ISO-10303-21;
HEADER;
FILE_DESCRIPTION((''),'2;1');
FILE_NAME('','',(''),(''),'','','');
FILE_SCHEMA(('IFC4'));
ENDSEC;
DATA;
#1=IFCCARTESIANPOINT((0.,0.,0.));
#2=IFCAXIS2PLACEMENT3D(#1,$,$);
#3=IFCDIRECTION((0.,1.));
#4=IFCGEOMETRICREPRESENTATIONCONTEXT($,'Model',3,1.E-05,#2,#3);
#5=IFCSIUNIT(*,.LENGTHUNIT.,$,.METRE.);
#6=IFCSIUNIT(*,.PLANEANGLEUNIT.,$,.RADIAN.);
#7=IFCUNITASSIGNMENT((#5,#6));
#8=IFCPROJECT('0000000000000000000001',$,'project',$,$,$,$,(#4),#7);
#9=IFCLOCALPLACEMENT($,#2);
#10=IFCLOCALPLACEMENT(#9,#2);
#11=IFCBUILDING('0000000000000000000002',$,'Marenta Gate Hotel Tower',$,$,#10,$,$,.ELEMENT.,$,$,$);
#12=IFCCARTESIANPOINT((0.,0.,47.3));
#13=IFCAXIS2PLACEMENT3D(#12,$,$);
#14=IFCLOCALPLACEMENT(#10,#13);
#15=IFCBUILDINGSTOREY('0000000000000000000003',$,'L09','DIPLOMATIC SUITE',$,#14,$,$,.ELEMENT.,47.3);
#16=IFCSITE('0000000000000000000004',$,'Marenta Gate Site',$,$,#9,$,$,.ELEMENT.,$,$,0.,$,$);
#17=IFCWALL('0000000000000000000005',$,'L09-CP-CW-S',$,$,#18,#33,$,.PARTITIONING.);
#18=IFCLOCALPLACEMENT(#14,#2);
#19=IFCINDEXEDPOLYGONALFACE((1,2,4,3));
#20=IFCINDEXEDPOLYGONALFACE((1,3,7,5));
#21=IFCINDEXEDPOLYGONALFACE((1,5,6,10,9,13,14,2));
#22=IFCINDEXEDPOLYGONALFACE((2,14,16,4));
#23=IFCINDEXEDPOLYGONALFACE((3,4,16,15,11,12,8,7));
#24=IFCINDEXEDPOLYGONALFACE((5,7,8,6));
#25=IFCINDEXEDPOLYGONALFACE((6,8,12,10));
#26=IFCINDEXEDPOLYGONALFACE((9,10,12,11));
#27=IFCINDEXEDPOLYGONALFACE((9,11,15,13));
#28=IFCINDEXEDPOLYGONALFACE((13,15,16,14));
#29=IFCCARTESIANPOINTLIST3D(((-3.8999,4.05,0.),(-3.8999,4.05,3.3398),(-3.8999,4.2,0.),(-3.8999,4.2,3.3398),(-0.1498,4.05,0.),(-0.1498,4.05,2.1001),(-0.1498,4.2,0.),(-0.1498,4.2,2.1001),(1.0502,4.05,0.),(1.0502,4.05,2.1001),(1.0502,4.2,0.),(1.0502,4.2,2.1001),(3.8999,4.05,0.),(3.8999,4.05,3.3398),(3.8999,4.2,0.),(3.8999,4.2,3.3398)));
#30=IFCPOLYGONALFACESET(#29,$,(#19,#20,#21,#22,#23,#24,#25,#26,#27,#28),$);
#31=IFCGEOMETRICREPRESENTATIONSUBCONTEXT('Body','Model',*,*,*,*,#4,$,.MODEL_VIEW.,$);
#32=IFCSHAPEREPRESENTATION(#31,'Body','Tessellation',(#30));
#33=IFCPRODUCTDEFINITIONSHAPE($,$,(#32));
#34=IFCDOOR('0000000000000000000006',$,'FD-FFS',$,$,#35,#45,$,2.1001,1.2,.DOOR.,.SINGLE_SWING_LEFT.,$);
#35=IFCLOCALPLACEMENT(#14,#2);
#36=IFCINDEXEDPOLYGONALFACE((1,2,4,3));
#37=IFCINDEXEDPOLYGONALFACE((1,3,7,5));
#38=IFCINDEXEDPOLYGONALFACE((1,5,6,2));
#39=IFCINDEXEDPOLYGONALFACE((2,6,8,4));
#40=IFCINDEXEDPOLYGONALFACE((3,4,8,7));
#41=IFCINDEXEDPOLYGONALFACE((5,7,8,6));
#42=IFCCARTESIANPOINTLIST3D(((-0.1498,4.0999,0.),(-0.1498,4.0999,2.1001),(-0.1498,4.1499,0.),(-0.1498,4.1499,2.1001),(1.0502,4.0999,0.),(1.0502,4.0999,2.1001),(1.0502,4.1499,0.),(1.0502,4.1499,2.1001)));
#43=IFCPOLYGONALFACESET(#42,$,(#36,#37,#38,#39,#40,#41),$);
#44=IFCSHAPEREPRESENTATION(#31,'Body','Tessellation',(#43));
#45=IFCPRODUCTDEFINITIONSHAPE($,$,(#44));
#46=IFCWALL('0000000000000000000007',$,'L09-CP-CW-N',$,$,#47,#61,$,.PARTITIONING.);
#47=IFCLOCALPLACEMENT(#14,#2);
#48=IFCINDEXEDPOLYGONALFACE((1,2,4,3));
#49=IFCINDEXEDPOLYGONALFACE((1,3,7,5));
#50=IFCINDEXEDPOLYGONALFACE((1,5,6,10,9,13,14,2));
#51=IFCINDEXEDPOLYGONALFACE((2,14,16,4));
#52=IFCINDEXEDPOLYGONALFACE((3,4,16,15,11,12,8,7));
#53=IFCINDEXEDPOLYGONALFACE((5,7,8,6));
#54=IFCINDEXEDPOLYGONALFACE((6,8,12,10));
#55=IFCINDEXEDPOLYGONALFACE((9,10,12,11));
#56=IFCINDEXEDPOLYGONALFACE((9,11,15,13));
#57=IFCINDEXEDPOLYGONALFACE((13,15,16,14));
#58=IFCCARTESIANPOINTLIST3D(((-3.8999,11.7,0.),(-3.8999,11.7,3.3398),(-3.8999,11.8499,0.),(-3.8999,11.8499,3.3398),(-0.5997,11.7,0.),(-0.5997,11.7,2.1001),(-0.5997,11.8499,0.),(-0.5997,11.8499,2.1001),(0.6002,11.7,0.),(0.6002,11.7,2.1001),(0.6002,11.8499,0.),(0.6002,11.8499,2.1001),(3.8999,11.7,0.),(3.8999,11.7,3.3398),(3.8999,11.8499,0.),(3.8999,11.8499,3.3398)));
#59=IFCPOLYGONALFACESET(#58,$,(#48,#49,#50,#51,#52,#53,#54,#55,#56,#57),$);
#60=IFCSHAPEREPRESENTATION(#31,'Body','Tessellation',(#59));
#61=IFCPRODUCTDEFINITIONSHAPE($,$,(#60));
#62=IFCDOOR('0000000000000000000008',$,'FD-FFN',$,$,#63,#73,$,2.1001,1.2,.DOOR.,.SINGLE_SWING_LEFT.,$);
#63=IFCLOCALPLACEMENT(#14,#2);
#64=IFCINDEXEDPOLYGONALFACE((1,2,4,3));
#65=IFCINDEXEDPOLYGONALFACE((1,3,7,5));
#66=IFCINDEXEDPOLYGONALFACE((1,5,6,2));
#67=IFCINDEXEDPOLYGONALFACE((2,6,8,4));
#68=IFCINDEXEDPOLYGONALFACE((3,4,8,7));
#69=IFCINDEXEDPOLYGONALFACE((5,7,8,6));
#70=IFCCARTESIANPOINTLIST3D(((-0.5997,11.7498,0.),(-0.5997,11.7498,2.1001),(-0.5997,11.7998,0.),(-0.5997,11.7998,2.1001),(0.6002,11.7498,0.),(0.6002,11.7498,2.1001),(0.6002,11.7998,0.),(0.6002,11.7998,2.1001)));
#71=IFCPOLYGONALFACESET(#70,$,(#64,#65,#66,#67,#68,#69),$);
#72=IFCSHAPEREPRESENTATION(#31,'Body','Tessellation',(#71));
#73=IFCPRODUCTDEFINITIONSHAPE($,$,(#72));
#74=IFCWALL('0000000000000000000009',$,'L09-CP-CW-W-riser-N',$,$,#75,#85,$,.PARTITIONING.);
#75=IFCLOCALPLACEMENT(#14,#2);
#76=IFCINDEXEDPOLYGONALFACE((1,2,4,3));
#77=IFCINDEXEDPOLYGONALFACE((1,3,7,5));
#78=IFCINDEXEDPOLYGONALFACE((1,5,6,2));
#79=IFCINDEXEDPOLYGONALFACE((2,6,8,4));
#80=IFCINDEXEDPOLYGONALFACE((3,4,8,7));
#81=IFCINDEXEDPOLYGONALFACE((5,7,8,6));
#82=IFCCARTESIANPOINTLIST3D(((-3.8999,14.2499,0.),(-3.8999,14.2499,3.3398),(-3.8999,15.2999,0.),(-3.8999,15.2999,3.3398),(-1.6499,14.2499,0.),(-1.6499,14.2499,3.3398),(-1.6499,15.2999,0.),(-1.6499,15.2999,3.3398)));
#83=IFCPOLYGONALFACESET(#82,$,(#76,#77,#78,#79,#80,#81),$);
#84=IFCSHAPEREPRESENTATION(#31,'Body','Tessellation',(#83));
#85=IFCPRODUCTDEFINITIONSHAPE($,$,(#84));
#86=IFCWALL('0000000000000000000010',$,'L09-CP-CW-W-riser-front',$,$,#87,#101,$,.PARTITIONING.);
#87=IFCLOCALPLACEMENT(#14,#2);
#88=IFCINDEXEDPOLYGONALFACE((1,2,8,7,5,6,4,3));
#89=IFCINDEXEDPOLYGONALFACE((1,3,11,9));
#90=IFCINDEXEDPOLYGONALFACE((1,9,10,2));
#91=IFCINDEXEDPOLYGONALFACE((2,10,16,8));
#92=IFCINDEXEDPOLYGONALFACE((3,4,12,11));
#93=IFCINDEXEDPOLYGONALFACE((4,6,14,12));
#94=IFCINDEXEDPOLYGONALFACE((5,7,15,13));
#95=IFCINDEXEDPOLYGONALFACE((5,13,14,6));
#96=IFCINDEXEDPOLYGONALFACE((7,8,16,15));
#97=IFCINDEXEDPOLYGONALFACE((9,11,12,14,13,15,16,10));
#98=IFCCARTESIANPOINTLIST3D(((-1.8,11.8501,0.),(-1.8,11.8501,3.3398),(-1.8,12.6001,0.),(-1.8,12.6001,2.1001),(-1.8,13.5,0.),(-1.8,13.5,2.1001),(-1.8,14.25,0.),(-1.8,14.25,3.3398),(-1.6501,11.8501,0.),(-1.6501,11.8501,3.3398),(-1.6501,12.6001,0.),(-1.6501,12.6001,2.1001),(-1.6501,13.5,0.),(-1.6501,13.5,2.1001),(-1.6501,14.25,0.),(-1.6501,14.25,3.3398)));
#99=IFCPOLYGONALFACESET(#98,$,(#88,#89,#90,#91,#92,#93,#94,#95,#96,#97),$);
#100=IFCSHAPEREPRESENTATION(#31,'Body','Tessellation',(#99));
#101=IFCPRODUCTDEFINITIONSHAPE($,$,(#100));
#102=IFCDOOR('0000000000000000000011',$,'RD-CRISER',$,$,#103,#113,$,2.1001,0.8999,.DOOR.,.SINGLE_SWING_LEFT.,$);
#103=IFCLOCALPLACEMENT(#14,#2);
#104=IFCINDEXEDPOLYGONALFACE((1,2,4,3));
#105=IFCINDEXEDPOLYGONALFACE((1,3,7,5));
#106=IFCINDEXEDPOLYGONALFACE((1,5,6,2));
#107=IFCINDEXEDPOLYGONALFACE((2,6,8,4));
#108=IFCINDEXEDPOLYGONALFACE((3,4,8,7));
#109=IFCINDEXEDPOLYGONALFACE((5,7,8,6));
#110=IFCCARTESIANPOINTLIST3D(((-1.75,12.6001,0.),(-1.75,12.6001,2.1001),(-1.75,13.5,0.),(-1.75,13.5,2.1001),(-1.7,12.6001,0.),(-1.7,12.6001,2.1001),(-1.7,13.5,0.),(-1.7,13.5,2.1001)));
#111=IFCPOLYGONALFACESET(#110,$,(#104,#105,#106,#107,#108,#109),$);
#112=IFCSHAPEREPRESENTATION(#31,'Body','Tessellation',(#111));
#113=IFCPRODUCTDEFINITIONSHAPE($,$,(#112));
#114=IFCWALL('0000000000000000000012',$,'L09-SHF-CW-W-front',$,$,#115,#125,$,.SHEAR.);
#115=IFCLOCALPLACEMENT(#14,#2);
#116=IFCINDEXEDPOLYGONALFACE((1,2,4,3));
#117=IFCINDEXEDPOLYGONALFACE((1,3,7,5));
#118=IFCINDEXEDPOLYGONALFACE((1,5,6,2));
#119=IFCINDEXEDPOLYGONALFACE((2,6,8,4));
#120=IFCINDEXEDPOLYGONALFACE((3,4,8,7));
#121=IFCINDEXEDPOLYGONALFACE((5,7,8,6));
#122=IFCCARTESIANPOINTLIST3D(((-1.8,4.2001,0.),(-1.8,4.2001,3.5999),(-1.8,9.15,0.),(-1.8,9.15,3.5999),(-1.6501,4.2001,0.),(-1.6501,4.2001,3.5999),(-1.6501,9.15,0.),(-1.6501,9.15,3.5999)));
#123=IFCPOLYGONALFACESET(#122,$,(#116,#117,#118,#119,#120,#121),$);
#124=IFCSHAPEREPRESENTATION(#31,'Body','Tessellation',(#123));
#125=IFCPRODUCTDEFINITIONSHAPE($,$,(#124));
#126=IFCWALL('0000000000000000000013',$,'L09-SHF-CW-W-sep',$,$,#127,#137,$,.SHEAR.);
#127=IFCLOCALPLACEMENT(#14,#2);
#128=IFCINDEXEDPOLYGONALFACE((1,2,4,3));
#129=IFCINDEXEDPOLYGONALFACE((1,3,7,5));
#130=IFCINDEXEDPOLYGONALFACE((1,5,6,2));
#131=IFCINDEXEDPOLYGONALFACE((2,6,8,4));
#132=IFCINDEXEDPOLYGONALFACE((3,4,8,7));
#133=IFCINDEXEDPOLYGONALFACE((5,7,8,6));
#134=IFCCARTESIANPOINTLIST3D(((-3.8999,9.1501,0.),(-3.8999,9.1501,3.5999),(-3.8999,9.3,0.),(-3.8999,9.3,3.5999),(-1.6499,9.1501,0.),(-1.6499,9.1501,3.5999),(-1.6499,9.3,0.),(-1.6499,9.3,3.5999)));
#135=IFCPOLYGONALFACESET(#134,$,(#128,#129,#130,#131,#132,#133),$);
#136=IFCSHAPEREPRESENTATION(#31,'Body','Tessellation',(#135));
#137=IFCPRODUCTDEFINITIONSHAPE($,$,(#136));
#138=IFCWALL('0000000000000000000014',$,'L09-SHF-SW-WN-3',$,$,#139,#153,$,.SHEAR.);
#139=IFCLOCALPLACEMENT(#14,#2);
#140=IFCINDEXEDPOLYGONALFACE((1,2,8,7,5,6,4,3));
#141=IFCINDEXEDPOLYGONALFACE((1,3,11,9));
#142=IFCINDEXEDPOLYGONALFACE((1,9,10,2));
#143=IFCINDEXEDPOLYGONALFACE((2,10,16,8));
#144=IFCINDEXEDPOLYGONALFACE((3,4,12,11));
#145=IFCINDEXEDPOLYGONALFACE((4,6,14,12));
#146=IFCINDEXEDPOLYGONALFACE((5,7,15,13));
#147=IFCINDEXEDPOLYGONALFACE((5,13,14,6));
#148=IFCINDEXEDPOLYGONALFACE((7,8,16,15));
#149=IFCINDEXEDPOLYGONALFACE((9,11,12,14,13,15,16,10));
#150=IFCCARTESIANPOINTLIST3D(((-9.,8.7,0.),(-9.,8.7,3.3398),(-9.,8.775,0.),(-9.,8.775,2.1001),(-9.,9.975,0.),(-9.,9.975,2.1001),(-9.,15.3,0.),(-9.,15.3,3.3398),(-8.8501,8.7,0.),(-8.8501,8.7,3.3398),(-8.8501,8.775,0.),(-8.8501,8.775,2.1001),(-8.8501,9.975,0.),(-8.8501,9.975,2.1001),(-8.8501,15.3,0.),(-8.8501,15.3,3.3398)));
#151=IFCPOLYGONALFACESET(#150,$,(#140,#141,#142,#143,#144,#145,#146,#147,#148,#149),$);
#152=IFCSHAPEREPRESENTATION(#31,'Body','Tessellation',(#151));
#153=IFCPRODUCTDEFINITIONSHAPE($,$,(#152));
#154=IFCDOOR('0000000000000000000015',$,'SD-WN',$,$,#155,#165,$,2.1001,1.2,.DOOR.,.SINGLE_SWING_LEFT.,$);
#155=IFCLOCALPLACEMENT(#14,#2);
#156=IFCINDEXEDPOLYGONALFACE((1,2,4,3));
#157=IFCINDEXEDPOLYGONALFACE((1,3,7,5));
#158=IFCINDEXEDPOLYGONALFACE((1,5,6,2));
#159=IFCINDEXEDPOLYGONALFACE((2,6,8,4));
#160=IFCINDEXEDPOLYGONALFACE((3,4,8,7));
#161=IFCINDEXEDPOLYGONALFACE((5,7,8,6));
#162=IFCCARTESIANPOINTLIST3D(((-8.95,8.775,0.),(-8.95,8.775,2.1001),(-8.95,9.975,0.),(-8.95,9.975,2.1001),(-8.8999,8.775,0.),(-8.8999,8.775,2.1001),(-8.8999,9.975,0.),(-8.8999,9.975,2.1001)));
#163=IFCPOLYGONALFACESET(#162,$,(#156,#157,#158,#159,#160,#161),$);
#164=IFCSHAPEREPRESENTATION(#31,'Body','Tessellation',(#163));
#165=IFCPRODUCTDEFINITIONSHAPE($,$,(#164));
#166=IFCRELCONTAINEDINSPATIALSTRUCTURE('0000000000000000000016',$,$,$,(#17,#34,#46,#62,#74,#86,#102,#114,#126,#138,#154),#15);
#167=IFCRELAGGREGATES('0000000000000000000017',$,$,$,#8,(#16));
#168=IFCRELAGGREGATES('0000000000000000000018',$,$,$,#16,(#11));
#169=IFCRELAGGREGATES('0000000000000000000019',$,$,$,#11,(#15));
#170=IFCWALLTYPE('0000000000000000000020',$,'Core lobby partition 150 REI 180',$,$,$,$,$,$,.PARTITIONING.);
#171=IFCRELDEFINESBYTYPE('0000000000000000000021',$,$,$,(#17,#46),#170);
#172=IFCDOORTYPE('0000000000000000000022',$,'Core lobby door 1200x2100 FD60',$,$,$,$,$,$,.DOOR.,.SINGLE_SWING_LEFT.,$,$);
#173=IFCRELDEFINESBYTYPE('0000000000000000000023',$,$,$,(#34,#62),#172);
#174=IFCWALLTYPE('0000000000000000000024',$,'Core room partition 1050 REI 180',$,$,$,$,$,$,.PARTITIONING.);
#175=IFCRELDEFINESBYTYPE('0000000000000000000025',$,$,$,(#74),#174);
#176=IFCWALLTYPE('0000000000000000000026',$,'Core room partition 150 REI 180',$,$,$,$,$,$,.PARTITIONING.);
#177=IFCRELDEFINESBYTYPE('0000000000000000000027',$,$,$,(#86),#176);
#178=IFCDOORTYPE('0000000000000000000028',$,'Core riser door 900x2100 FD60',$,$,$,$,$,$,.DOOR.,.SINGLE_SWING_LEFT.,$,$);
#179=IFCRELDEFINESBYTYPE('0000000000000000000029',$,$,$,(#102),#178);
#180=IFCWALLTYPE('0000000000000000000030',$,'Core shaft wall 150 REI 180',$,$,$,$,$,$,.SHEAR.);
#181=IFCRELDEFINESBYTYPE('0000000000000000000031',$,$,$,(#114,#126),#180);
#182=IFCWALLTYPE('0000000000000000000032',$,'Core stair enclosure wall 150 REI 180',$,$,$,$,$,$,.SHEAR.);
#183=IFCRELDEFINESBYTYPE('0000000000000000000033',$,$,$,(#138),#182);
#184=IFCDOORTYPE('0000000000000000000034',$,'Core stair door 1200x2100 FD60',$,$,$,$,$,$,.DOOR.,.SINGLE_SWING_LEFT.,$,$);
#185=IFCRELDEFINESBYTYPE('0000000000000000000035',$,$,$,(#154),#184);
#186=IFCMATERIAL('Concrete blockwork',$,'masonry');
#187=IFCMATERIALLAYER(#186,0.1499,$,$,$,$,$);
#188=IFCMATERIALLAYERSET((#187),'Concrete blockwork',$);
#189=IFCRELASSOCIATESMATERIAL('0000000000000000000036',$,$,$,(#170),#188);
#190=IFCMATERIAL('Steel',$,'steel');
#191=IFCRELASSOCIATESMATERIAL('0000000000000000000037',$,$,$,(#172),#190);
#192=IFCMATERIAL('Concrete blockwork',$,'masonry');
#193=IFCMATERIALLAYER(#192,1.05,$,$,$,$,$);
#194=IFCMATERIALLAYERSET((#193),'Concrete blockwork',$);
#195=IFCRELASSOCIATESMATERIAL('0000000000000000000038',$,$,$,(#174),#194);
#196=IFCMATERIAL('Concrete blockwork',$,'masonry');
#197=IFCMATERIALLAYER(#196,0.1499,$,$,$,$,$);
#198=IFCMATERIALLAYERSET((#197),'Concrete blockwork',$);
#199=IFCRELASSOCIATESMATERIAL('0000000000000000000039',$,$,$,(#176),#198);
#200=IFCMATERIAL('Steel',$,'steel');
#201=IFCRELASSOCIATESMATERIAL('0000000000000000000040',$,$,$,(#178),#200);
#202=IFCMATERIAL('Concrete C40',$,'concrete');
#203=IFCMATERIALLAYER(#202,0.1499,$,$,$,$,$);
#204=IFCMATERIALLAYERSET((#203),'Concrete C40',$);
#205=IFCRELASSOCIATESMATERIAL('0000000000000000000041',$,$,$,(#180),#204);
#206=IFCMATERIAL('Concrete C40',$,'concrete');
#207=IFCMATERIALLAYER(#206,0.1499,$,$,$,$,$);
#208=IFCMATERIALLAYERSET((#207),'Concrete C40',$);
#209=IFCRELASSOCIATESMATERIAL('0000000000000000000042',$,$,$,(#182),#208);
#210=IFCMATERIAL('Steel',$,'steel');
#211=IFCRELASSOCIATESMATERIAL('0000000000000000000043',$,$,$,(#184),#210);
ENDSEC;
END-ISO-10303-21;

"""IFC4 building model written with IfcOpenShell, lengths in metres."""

from ifc_helpers import new_model, si_unit, direction, frame, frame_2d, origin, place, context, subcontext, project, spatial, rectangle, extrude, material, layer, layer_set, type_object, element, fill, save


model = new_model("IFC4")

# Units and contexts
model_context = context("Model", 3, precision=1e-05, world=origin(), true_north=direction((0.0, 1.0)))
body_context = subcontext(model_context, "Body", "Model", "MODEL_VIEW")
ifc_project = project(units=[si_unit("LENGTHUNIT", "METRE"), si_unit("PLANEANGLEUNIT", "RADIAN")], contexts=[model_context])

# Site, building, storey
site_placement = place(None, origin())
site = spatial("IfcSite", under=ifc_project, at=site_placement, Name="Marenta Gate Site", CompositionType="ELEMENT", RefElevation=0.0)
building_placement = place(site_placement, origin())
building = spatial("IfcBuilding", under=site, at=building_placement, Name="Marenta Gate Hotel Tower", CompositionType="ELEMENT")
storey_placement = place(building_placement, frame((0.0, 0.0, 47.3)))
storey = spatial("IfcBuildingStorey", under=building, at=storey_placement, Name="L09", Description="DIPLOMATIC SUITE", CompositionType="ELEMENT", Elevation=47.3)

# Walls, openings, doors
ifc_material_1 = material(Name="Concrete blockwork", Category="masonry")
ifc_layer_1 = layer(ifc_material_1, 0.1499)
ifc_layer_set_1 = layer_set([ifc_layer_1], Name="Concrete blockwork")
wall_type_1 = type_object("IfcWallType", Name="Core lobby partition 150 REI 180", PredefinedType="PARTITIONING", material=ifc_layer_set_1)
wall_1_placement = place(storey_placement, frame((-3.8999, 4.125, 0.0), z_axis=(0.0, 0.0, 1.0), x_axis=(1.0, 0.0, 0.0)))
wall_1 = element("IfcWall", 1, at=wall_1_placement, inside=storey, type_object=wall_type_1, Name="L09-CP-CW-S", PredefinedType="PARTITIONING", context=body_context, shape_type="SweptSolid", body=[
    extrude(rectangle(XDim=7.7998, YDim=0.1499, at=frame_2d((3.8999, 0.0))), origin(), (0.0, 0.0, 1.0), 3.3398),
])
opening_1_placement = place(wall_1_placement, frame((3.75, 0.0, 0.0)))
opening_1 = element("IfcOpeningElement", 2, at=opening_1_placement, cuts=wall_1, PredefinedType="OPENING", context=body_context, shape_type="SweptSolid", body=[
    extrude(rectangle(XDim=1.2, YDim=2.1001, at=frame_2d((0.6001, 1.05))), frame((0.0, 0.075, 0.0), z_axis=(0.0, -1.0, 0.0), x_axis=(1.0, 0.0, 0.0)), (0.0, 0.0, 1.0), 0.1499),
])
ifc_material_2 = material(Name="Steel", Category="steel")
door_type_1 = type_object("IfcDoorType", Name="Core lobby door 1200x2100 FD60", OperationType="SINGLE_SWING_LEFT", PredefinedType="DOOR", material=ifc_material_2)
door_1_placement = place(opening_1_placement, origin())
door_1 = element("IfcDoor", 3, at=door_1_placement, inside=storey, type_object=door_type_1, Name="FD-FFS", OperationType="SINGLE_SWING_LEFT", OverallHeight=2.1001, OverallWidth=1.2, PredefinedType="DOOR", context=body_context, shape_type="SweptSolid", body=[
    extrude(rectangle(XDim=1.2, YDim=2.1001, at=frame_2d((0.6001, 1.05))), frame((0.0, 0.0249, 0.0), z_axis=(0.0, -1.0, 0.0), x_axis=(1.0, 0.0, 0.0)), (0.0, 0.0, 1.0), 0.05),
])
fill(opening_1, door_1)
wall_2_placement = place(storey_placement, frame((-3.8999, 11.7749, 0.0), z_axis=(0.0, 0.0, 1.0), x_axis=(1.0, 0.0, 0.0)))
wall_2 = element("IfcWall", 4, at=wall_2_placement, inside=storey, type_object=wall_type_1, Name="L09-CP-CW-N", PredefinedType="PARTITIONING", context=body_context, shape_type="SweptSolid", body=[
    extrude(rectangle(XDim=7.7998, YDim=0.1499, at=frame_2d((3.8999, 0.0))), origin(), (0.0, 0.0, 1.0), 3.3398),
])
opening_2_placement = place(wall_2_placement, frame((3.3, 0.0, 0.0)))
opening_2 = element("IfcOpeningElement", 5, at=opening_2_placement, cuts=wall_2, PredefinedType="OPENING", context=body_context, shape_type="SweptSolid", body=[
    extrude(rectangle(XDim=1.2, YDim=2.1001, at=frame_2d((0.6001, 1.05))), frame((0.0, 0.075, 0.0), z_axis=(0.0, -1.0, 0.0), x_axis=(1.0, 0.0, 0.0)), (0.0, 0.0, 1.0), 0.1499),
])
door_2_placement = place(opening_2_placement, origin())
door_2 = element("IfcDoor", 6, at=door_2_placement, inside=storey, type_object=door_type_1, Name="FD-FFN", OperationType="SINGLE_SWING_LEFT", OverallHeight=2.1001, OverallWidth=1.2, PredefinedType="DOOR", context=body_context, shape_type="SweptSolid", body=[
    extrude(rectangle(XDim=1.2, YDim=2.1001, at=frame_2d((0.6001, 1.05))), frame((0.0, 0.0249, 0.0), z_axis=(0.0, -1.0, 0.0), x_axis=(1.0, 0.0, 0.0)), (0.0, 0.0, 1.0), 0.05),
])
fill(opening_2, door_2)

# Wall
ifc_material_3 = material(Name="Concrete blockwork", Category="masonry")
ifc_layer_2 = layer(ifc_material_3, 1.05)
ifc_layer_set_2 = layer_set([ifc_layer_2], Name="Concrete blockwork")
wall_type_2 = type_object("IfcWallType", Name="Core room partition 1050 REI 180", PredefinedType="PARTITIONING", material=ifc_layer_set_2)
wall_3_placement = place(storey_placement, frame((-3.8999, 14.7749, 0.0), z_axis=(0.0, 0.0, 1.0), x_axis=(1.0, 0.0, 0.0)))
element("IfcWall", 7, at=wall_3_placement, inside=storey, type_object=wall_type_2, Name="L09-CP-CW-W-riser-N", PredefinedType="PARTITIONING", context=body_context, shape_type="SweptSolid", body=[
    extrude(rectangle(XDim=2.25, YDim=1.05, at=frame_2d((1.125, 0.0))), origin(), (0.0, 0.0, 1.0), 3.3398),
])

# Wall, opening, door
ifc_material_4 = material(Name="Concrete blockwork", Category="masonry")
ifc_layer_3 = layer(ifc_material_4, 0.1499)
ifc_layer_set_3 = layer_set([ifc_layer_3], Name="Concrete blockwork")
wall_type_3 = type_object("IfcWallType", Name="Core room partition 150 REI 180", PredefinedType="PARTITIONING", material=ifc_layer_set_3)
wall_4_placement = place(storey_placement, frame((-1.7251, 11.8501, 0.0), z_axis=(0.0, 0.0, 1.0), x_axis=(0.0, 1.0, 0.0)))
wall_4 = element("IfcWall", 8, at=wall_4_placement, inside=storey, type_object=wall_type_3, Name="L09-CP-CW-W-riser-front", PredefinedType="PARTITIONING", context=body_context, shape_type="SweptSolid", body=[
    extrude(rectangle(XDim=2.3999, YDim=0.1499, at=frame_2d((1.2, 0.0))), origin(), (0.0, 0.0, 1.0), 3.3398),
])
opening_3_placement = place(wall_4_placement, frame((0.75, 0.0, 0.0)))
opening_3 = element("IfcOpeningElement", 9, at=opening_3_placement, cuts=wall_4, PredefinedType="OPENING", context=body_context, shape_type="SweptSolid", body=[
    extrude(rectangle(XDim=0.8999, YDim=2.1001, at=frame_2d((0.45, 1.05))), frame((0.0, 0.075, 0.0), z_axis=(0.0, -1.0, 0.0), x_axis=(1.0, 0.0, 0.0)), (0.0, 0.0, 1.0), 0.1499),
])
ifc_material_5 = material(Name="Steel", Category="steel")
door_type_2 = type_object("IfcDoorType", Name="Core riser door 900x2100 FD60", OperationType="SINGLE_SWING_LEFT", PredefinedType="DOOR", material=ifc_material_5)
door_3_placement = place(opening_3_placement, origin())
door_3 = element("IfcDoor", 10, at=door_3_placement, inside=storey, type_object=door_type_2, Name="RD-CRISER", OperationType="SINGLE_SWING_LEFT", OverallHeight=2.1001, OverallWidth=0.8999, PredefinedType="DOOR", context=body_context, shape_type="SweptSolid", body=[
    extrude(rectangle(XDim=0.8999, YDim=2.1001, at=frame_2d((0.45, 1.05))), frame((0.0, 0.0249, 0.0), z_axis=(0.0, -1.0, 0.0), x_axis=(1.0, 0.0, 0.0)), (0.0, 0.0, 1.0), 0.05),
])
fill(opening_3, door_3)

# Walls
ifc_material_6 = material(Name="Concrete C40", Category="concrete")
ifc_layer_4 = layer(ifc_material_6, 0.1499)
ifc_layer_set_4 = layer_set([ifc_layer_4], Name="Concrete C40")
wall_type_4 = type_object("IfcWallType", Name="Core shaft wall 150 REI 180", PredefinedType="SHEAR", material=ifc_layer_set_4)
wall_5_placement = place(storey_placement, frame((-1.7251, 4.2, 0.0), z_axis=(0.0, 0.0, 1.0), x_axis=(0.0, 1.0, 0.0)))
element("IfcWall", 11, at=wall_5_placement, inside=storey, type_object=wall_type_4, Name="L09-SHF-CW-W-front", PredefinedType="SHEAR", context=body_context, shape_type="SweptSolid", body=[
    extrude(rectangle(XDim=4.95, YDim=0.1499, at=frame_2d((2.4751, 0.0))), origin(), (0.0, 0.0, 1.0), 3.5999),
])
wall_6_placement = place(storey_placement, frame((-3.8999, 9.2251, 0.0), z_axis=(0.0, 0.0, 1.0), x_axis=(1.0, 0.0, 0.0)))
element("IfcWall", 12, at=wall_6_placement, inside=storey, type_object=wall_type_4, Name="L09-SHF-CW-W-sep", PredefinedType="SHEAR", context=body_context, shape_type="SweptSolid", body=[
    extrude(rectangle(XDim=2.25, YDim=0.1499, at=frame_2d((1.125, 0.0))), origin(), (0.0, 0.0, 1.0), 3.5999),
])

# Wall, opening, door
ifc_material_7 = material(Name="Concrete C40", Category="concrete")
ifc_layer_5 = layer(ifc_material_7, 0.1499)
ifc_layer_set_5 = layer_set([ifc_layer_5], Name="Concrete C40")
wall_type_5 = type_object("IfcWallType", Name="Core stair enclosure wall 150 REI 180", PredefinedType="SHEAR", material=ifc_layer_set_5)
wall_7_placement = place(storey_placement, frame((-8.925, 8.7, 0.0), z_axis=(0.0, 0.0, 1.0), x_axis=(0.0, 1.0, 0.0)))
wall_7 = element("IfcWall", 13, at=wall_7_placement, inside=storey, type_object=wall_type_5, Name="L09-SHF-SW-WN-3", PredefinedType="SHEAR", context=body_context, shape_type="SweptSolid", body=[
    extrude(rectangle(XDim=6.6001, YDim=0.1499, at=frame_2d((3.3, 0.0))), origin(), (0.0, 0.0, 1.0), 3.3398),
])
opening_4_placement = place(wall_7_placement, frame((0.075, 0.0, 0.0)))
opening_4 = element("IfcOpeningElement", 14, at=opening_4_placement, cuts=wall_7, PredefinedType="OPENING", context=body_context, shape_type="SweptSolid", body=[
    extrude(rectangle(XDim=1.2, YDim=2.1001, at=frame_2d((0.6001, 1.05))), frame((0.0, 0.075, 0.0), z_axis=(0.0, -1.0, 0.0), x_axis=(1.0, 0.0, 0.0)), (0.0, 0.0, 1.0), 0.1499),
])
ifc_material_8 = material(Name="Steel", Category="steel")
door_type_3 = type_object("IfcDoorType", Name="Core stair door 1200x2100 FD60", OperationType="SINGLE_SWING_LEFT", PredefinedType="DOOR", material=ifc_material_8)
door_4_placement = place(opening_4_placement, origin())
door_4 = element("IfcDoor", 15, at=door_4_placement, inside=storey, type_object=door_type_3, Name="SD-WN", OperationType="SINGLE_SWING_LEFT", OverallHeight=2.1001, OverallWidth=1.2, PredefinedType="DOOR", context=body_context, shape_type="SweptSolid", body=[
    extrude(rectangle(XDim=1.2, YDim=2.1001, at=frame_2d((0.6001, 1.05))), frame((0.0, 0.0249, 0.0), z_axis=(0.0, -1.0, 0.0), x_axis=(1.0, 0.0, 0.0)), (0.0, 0.0, 1.0), 0.05),
])
fill(opening_4, door_4)

save(model, "model.ifc")
